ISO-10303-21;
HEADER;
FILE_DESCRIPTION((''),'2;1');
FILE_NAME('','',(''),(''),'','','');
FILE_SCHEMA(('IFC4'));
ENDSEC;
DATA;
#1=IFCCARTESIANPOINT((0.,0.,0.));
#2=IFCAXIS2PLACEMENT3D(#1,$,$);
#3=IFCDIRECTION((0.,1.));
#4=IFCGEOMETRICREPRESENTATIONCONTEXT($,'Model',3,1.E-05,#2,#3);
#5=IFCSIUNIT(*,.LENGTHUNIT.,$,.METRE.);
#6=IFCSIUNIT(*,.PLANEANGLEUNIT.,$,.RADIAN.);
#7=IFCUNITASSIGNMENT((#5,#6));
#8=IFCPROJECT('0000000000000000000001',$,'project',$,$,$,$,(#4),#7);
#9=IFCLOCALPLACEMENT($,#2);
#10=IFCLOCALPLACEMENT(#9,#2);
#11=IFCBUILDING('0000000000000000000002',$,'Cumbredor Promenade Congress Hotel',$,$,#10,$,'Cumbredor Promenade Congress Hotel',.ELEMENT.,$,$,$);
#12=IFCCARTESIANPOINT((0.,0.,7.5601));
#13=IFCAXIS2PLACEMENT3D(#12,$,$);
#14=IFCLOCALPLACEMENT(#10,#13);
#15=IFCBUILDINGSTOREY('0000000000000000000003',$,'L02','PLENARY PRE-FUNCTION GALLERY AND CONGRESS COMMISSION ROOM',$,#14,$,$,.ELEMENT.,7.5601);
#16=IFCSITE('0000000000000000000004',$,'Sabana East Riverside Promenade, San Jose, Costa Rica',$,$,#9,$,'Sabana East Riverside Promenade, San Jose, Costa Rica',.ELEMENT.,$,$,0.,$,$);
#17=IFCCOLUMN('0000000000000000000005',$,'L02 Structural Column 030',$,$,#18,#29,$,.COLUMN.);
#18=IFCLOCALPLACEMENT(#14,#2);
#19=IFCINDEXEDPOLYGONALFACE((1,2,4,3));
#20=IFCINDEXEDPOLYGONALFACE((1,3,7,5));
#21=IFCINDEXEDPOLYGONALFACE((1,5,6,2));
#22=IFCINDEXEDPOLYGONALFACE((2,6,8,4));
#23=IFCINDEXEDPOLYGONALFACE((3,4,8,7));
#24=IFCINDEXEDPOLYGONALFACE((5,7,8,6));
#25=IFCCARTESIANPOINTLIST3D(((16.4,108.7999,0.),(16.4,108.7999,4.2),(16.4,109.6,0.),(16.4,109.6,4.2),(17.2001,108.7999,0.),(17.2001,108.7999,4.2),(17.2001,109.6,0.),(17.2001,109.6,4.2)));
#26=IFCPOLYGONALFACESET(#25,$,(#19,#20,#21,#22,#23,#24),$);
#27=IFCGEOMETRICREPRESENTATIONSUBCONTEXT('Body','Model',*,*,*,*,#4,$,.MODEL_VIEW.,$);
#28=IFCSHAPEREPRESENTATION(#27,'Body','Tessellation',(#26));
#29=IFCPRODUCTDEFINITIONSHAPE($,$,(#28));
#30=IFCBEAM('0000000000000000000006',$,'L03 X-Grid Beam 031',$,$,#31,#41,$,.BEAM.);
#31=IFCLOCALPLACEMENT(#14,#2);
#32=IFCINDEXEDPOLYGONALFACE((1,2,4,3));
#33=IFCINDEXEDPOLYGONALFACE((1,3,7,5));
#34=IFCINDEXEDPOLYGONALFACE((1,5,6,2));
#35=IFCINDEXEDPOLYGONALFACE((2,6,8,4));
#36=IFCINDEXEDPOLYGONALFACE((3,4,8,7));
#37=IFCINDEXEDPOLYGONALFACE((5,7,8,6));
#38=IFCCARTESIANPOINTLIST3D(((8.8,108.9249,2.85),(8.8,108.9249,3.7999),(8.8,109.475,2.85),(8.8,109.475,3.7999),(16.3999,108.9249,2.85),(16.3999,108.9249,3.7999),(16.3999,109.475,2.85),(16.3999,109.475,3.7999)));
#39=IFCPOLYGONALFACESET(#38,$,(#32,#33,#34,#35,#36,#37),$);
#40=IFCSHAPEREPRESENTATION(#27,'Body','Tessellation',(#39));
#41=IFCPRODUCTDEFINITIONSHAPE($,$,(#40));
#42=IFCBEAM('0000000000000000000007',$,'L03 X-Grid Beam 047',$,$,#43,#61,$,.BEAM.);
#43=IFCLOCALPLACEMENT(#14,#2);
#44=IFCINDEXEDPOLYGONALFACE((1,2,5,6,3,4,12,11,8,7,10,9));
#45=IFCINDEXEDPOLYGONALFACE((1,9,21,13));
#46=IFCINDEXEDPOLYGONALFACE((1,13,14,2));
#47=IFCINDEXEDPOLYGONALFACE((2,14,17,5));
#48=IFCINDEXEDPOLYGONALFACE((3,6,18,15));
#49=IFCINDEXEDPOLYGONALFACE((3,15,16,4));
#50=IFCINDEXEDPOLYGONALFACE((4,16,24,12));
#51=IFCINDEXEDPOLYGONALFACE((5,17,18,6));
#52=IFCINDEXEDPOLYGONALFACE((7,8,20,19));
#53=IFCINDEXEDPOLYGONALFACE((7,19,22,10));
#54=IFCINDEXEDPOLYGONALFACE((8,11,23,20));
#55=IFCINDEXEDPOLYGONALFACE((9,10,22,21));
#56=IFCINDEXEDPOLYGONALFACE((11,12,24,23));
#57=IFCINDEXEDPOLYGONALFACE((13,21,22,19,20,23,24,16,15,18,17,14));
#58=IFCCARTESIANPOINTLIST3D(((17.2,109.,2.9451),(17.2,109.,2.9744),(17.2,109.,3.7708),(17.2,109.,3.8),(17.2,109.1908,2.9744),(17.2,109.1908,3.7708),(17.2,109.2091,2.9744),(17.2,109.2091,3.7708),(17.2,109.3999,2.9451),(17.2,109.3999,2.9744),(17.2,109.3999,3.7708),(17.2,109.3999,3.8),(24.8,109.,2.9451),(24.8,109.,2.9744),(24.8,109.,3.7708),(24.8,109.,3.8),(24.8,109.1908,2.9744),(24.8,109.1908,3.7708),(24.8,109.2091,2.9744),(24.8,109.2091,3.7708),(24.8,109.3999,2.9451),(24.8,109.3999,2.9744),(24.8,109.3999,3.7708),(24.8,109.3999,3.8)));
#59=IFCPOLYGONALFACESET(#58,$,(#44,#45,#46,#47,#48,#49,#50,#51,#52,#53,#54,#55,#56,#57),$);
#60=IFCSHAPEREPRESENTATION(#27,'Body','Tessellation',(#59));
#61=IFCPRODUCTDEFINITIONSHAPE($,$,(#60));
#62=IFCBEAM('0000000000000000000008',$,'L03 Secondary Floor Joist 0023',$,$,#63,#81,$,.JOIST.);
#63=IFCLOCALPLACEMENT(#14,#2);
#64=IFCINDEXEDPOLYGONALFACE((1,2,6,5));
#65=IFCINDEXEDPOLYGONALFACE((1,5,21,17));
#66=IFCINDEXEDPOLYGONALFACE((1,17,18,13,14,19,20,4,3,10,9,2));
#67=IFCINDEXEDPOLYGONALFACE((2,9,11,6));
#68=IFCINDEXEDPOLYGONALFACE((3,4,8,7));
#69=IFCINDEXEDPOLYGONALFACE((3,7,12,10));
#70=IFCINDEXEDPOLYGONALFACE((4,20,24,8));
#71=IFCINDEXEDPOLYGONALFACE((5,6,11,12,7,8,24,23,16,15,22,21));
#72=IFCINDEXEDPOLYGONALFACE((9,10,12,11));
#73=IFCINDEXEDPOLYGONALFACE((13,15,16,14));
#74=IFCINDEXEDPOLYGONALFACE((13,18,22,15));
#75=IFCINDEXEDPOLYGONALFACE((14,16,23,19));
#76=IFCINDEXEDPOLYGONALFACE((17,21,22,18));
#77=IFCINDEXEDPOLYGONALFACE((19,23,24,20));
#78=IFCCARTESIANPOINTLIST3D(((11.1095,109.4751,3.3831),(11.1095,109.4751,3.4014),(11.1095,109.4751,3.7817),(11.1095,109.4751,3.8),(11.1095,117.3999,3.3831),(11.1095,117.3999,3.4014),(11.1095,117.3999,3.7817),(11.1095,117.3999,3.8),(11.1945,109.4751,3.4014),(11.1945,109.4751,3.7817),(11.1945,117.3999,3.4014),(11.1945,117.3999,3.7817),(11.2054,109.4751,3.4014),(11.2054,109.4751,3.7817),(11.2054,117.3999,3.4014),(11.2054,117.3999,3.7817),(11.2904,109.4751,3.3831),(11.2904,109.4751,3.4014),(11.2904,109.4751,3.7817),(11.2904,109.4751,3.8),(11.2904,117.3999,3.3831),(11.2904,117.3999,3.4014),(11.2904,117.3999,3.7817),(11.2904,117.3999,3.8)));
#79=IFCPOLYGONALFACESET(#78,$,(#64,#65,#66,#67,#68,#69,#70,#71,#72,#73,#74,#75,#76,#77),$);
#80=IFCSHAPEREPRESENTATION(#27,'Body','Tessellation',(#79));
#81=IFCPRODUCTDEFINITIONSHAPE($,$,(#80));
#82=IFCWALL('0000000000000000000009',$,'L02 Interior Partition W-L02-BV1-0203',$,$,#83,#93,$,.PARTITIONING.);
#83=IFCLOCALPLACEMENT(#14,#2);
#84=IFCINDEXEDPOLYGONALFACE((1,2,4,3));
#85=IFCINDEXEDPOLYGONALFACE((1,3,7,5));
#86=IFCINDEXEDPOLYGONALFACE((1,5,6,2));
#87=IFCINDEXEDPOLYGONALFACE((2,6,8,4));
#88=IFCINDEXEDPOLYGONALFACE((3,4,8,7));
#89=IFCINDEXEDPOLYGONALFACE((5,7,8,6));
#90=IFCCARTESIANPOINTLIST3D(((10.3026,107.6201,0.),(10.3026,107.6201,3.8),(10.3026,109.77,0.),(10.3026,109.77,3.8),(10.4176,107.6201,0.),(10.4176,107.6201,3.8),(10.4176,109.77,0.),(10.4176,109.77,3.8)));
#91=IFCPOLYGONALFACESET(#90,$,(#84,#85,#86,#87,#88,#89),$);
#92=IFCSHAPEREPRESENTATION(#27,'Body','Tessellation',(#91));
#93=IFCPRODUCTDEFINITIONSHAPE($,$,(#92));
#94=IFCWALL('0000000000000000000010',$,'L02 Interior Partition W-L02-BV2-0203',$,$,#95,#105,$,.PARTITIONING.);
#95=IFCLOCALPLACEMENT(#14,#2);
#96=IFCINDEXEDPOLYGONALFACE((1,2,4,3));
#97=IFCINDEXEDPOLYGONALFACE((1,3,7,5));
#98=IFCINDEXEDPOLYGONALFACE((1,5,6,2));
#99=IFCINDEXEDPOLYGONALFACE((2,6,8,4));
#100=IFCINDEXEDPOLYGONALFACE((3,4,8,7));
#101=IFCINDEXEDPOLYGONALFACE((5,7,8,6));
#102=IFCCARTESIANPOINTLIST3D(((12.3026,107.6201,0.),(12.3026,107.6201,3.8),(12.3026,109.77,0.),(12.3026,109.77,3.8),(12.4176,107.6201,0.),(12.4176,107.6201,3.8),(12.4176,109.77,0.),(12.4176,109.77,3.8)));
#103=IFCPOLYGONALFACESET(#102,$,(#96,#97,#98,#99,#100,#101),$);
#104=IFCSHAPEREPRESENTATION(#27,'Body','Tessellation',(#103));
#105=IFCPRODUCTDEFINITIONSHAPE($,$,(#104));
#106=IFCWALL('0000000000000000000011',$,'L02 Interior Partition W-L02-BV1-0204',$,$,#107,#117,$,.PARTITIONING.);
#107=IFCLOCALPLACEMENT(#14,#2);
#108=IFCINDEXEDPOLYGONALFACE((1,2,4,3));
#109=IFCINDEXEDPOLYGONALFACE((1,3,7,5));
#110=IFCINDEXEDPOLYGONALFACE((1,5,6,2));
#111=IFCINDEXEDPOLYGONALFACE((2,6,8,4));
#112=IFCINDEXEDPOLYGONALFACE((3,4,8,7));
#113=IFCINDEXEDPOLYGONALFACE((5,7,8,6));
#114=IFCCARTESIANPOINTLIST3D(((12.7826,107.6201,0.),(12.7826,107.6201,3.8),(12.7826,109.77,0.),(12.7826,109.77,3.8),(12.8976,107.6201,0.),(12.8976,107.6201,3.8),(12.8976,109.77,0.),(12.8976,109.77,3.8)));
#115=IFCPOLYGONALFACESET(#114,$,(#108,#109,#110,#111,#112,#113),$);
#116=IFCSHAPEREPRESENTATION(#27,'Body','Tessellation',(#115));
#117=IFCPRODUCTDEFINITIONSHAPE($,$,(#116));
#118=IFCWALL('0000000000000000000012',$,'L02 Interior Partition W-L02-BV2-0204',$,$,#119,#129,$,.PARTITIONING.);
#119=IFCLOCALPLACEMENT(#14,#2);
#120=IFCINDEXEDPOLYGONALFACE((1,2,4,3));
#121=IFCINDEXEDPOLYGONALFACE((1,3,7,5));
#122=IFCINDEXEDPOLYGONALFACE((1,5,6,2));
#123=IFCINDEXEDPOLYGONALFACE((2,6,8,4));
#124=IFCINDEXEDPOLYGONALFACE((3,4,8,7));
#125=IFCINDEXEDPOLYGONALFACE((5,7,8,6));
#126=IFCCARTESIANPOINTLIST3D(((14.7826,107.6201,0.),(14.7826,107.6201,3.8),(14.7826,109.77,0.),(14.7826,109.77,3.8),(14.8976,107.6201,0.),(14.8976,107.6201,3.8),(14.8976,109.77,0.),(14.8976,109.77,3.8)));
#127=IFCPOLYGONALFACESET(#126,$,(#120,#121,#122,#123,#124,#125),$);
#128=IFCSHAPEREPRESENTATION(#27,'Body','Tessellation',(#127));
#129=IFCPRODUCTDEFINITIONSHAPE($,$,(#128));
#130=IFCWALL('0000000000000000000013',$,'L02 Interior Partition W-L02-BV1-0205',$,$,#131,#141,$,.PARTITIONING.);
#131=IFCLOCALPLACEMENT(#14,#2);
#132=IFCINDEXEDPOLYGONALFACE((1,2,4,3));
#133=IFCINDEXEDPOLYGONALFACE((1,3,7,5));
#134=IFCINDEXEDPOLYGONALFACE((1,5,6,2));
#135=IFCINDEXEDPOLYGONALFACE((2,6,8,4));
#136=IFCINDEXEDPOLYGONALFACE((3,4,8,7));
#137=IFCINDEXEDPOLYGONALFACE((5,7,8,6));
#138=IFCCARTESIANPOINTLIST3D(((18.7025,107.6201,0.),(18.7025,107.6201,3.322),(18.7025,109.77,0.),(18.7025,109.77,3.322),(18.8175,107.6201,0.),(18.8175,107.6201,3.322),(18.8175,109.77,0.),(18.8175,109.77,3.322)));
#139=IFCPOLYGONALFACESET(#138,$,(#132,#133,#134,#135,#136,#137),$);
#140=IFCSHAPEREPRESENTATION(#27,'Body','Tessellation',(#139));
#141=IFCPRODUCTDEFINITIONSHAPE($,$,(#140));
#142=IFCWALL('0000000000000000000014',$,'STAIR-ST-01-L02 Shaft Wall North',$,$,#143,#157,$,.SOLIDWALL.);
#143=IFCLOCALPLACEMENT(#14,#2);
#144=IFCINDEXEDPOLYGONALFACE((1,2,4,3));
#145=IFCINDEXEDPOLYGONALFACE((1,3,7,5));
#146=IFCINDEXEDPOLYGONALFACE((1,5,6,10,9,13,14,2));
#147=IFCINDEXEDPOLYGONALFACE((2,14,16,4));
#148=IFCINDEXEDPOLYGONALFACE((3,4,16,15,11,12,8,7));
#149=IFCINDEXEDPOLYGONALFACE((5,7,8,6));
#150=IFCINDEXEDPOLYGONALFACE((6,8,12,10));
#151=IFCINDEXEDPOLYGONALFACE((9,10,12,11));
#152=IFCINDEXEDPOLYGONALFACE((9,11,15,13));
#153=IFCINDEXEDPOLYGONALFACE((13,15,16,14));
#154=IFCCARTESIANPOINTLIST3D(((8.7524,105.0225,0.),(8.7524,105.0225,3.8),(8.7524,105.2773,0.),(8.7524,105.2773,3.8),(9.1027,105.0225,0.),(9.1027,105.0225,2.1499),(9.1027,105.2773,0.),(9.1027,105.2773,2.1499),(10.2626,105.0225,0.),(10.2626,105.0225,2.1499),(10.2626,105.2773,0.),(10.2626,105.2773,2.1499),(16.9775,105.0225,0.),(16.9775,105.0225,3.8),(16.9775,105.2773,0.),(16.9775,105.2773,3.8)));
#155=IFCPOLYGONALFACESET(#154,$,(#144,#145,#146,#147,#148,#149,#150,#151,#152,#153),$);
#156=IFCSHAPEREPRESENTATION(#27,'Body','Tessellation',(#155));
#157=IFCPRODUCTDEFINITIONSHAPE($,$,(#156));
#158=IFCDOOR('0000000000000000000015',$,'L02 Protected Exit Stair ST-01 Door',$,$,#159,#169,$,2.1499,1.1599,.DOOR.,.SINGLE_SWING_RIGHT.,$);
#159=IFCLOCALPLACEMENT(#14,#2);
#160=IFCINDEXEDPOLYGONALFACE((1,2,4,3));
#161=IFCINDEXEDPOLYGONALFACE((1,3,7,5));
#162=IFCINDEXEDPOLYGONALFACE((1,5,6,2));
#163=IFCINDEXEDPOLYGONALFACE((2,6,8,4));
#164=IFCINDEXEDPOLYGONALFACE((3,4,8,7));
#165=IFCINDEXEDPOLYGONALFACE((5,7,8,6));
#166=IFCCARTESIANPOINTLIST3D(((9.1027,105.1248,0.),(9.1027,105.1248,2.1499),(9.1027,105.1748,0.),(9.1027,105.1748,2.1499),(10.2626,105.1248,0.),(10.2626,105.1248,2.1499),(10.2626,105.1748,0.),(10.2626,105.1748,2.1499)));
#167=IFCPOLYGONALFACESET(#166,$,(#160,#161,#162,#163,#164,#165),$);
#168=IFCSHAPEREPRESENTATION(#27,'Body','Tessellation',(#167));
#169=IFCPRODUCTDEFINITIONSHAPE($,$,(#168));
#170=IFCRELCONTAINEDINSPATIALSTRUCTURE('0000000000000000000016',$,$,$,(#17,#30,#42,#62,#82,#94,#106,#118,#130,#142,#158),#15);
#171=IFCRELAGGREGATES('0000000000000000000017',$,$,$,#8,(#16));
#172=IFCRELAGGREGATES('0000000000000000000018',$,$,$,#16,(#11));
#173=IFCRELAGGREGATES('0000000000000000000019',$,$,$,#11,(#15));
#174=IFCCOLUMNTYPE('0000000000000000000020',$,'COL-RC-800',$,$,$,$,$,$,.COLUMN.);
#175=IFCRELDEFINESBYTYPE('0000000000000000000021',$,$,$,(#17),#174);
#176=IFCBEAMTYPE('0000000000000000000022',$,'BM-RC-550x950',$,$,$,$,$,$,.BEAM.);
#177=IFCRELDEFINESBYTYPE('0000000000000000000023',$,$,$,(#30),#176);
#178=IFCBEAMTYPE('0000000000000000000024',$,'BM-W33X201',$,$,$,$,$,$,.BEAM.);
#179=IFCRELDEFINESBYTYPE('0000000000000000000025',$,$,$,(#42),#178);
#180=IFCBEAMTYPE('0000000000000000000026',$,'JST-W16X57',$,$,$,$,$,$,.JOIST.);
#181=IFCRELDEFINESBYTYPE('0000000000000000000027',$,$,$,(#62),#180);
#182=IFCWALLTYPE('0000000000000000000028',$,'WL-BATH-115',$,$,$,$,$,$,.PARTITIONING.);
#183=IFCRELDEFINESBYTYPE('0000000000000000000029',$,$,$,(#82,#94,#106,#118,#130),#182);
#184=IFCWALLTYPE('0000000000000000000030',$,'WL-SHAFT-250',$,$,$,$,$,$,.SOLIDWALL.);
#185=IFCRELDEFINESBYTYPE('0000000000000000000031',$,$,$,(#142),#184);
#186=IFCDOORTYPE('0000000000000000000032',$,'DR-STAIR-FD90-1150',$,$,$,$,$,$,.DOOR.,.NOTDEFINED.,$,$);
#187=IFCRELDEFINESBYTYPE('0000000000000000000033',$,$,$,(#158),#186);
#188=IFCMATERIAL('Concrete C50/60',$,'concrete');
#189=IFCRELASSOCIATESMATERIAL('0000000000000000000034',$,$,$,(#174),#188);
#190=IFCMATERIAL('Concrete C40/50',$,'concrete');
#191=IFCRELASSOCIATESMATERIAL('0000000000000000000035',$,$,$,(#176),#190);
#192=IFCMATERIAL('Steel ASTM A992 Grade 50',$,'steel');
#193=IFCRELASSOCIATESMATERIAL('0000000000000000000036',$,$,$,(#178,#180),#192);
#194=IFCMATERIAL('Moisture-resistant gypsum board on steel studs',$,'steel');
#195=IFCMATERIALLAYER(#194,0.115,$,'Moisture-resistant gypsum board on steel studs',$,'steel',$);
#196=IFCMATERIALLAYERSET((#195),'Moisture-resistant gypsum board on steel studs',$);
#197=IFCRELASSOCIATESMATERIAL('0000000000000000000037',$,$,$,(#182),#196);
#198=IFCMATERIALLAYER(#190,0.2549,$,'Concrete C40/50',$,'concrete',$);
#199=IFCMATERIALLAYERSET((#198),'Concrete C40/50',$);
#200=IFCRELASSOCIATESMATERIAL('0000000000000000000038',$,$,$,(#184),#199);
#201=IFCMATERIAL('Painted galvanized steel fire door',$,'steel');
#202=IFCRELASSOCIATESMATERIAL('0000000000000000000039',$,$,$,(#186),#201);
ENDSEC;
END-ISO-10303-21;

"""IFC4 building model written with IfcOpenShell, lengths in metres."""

from ifc_helpers import new_model, si_unit, direction, frame, frame_2d, origin, origin_2d, place, context, subcontext, project, spatial, rectangle, i_section, extrude, material, layer, layer_set, material_profile, profile_set, type_object, element, fill, save


model = new_model("IFC4")

# Units and contexts
model_context = context("Model", 3, precision=1e-05, world=origin(), true_north=direction((0.0, 1.0)))
body_context = subcontext(model_context, "Body", "Model", "MODEL_VIEW")
ifc_project = project(units=[si_unit("LENGTHUNIT", "METRE"), si_unit("PLANEANGLEUNIT", "RADIAN")], contexts=[model_context])

# Site, building, storey
site_placement = place(None, origin())
site = spatial("IfcSite", under=ifc_project, at=site_placement, Name="Sabana East Riverside Promenade, San Jose, Costa Rica", LongName="Sabana East Riverside Promenade, San Jose, Costa Rica", CompositionType="ELEMENT", RefElevation=0.0)
building_placement = place(site_placement, origin())
building = spatial("IfcBuilding", under=site, at=building_placement, Name="Cumbredor Promenade Congress Hotel", LongName="Cumbredor Promenade Congress Hotel", CompositionType="ELEMENT")
storey_placement = place(building_placement, frame((0.0, 0.0, 7.5601)))
storey = spatial("IfcBuildingStorey", under=building, at=storey_placement, Name="L02", Description="PLENARY PRE-FUNCTION GALLERY AND CONGRESS COMMISSION ROOM", CompositionType="ELEMENT", Elevation=7.5601)

# Column
ifc_material_1 = material(Name="Concrete C50/60", Category="concrete")
ifc_material_profile_1 = material_profile(ifc_material_1, rectangle(XDim=0.8, YDim=0.8, at=origin_2d()), Name="RC 800x800")
ifc_profile_set_1 = profile_set([ifc_material_profile_1], Name="Concrete C50/60")
column_type = type_object("IfcColumnType", Name="COL-RC-800", PredefinedType="COLUMN", material=ifc_profile_set_1)
column_placement = place(storey_placement, frame((16.8, 109.2, 0.0), z_axis=(0.0, 0.0, 1.0), x_axis=(1.0, 0.0, 0.0)))
element("IfcColumn", 1, at=column_placement, inside=storey, type_object=column_type, Name="L02 Structural Column 030", PredefinedType="COLUMN", context=body_context, shape_type="SweptSolid", body=[
    extrude(rectangle(XDim=0.8, YDim=0.8, at=origin_2d()), origin(), (0.0, 0.0, 1.0), 4.2),
])

# Beams
ifc_material_2 = material(Name="Concrete C40/50", Category="concrete")
ifc_material_profile_2 = material_profile(ifc_material_2, rectangle(XDim=0.55, YDim=0.95, at=origin_2d()), Name="RC BEAM 550x950")
ifc_profile_set_2 = profile_set([ifc_material_profile_2], Name="Concrete C40/50")
beam_type_1 = type_object("IfcBeamType", Name="BM-RC-550x950", PredefinedType="BEAM", material=ifc_profile_set_2)
beam_1_placement = place(storey_placement, frame((8.8, 109.2, 3.325), z_axis=(1.0, 0.0, 0.0), x_axis=(0.0, 1.0, 0.0)))
element("IfcBeam", 2, at=beam_1_placement, inside=storey, type_object=beam_type_1, Name="L03 X-Grid Beam 031", PredefinedType="BEAM", context=body_context, shape_type="SweptSolid", body=[
    extrude(rectangle(XDim=0.55, YDim=0.95, at=origin_2d()), origin(), (0.0, 0.0, 1.0), 7.5999),
])
ifc_material_3 = material(Name="Steel ASTM A992 Grade 50", Category="steel")
ifc_material_profile_3 = material_profile(ifc_material_3, i_section(OverallWidth=0.3999, OverallDepth=0.855, WebThickness=0.0183, FlangeThickness=0.0293, at=origin_2d()), Name="W33X201")
ifc_profile_set_3 = profile_set([ifc_material_profile_3], Name="Steel ASTM A992 Grade 50")
beam_type_2 = type_object("IfcBeamType", Name="BM-W33X201", PredefinedType="BEAM", material=ifc_profile_set_3)
beam_2_placement = place(storey_placement, frame((17.2, 109.2, 3.3726), z_axis=(1.0, 0.0, 0.0), x_axis=(0.0, 1.0, 0.0)))
element("IfcBeam", 3, at=beam_2_placement, inside=storey, type_object=beam_type_2, Name="L03 X-Grid Beam 047", PredefinedType="BEAM", context=body_context, shape_type="SweptSolid", body=[
    extrude(i_section(OverallWidth=0.3999, OverallDepth=0.855, WebThickness=0.0183, FlangeThickness=0.0293, at=origin_2d()), origin(), (0.0, 0.0, 1.0), 7.6001),
])
ifc_material_profile_4 = material_profile(ifc_material_3, i_section(OverallWidth=0.1809, OverallDepth=0.417, WebThickness=0.011, FlangeThickness=0.0183, at=origin_2d()), Name="W16X57")
ifc_profile_set_4 = profile_set([ifc_material_profile_4], Name="Steel ASTM A992 Grade 50")
beam_type_3 = type_object("IfcBeamType", Name="JST-W16X57", PredefinedType="JOIST", material=ifc_profile_set_4)
beam_3_placement = place(storey_placement, frame((11.2, 109.4751, 3.5916), z_axis=(0.0, 1.0, 0.0), x_axis=(-1.0, 0.0, 0.0)))
element("IfcBeam", 4, at=beam_3_placement, inside=storey, type_object=beam_type_3, Name="L03 Secondary Floor Joist 0023", PredefinedType="JOIST", context=body_context, shape_type="SweptSolid", body=[
    extrude(i_section(OverallWidth=0.1809, OverallDepth=0.417, WebThickness=0.011, FlangeThickness=0.0183, at=origin_2d()), origin(), (0.0, 0.0, 1.0), 7.9248),
])

# Walls
ifc_material_4 = material(Name="Moisture-resistant gypsum board on steel studs", Category="steel")
ifc_layer_1 = layer(ifc_material_4, 0.115, Name="Moisture-resistant gypsum board on steel studs", Category="steel")
ifc_layer_set_1 = layer_set([ifc_layer_1], Name="Moisture-resistant gypsum board on steel studs")
wall_type_1 = type_object("IfcWallType", Name="WL-BATH-115", PredefinedType="PARTITIONING", material=ifc_layer_set_1)
for number, where, z_axis, x_axis, name in (
    (5, (10.3601, 107.6201, 0.0), (0.0, 0.0, 1.0), (0.0, 1.0, 0.0), "L02 Interior Partition W-L02-BV1-0203"),
    (6, (12.3601, 107.6201, 0.0), (0.0, 0.0, 1.0), (0.0, 1.0, 0.0), "L02 Interior Partition W-L02-BV2-0203"),
    (7, (12.8401, 107.6201, 0.0), (0.0, 0.0, 1.0), (0.0, 1.0, 0.0), "L02 Interior Partition W-L02-BV1-0204"),
    (8, (14.8401, 107.6201, 0.0), (0.0, 0.0, 1.0), (0.0, 1.0, 0.0), "L02 Interior Partition W-L02-BV2-0204"),
):
    element("IfcWall", number, at=place(storey_placement, frame(where, z_axis=z_axis, x_axis=x_axis)), inside=storey, type_object=wall_type_1, Name=name, PredefinedType="PARTITIONING", context=body_context, shape_type="SweptSolid", body=[
        extrude(rectangle(XDim=2.1499, YDim=0.115, at=frame_2d((1.075, 0.0))), origin(), (0.0, 0.0, 1.0), 3.8),
    ])
wall_1_placement = place(storey_placement, frame((18.76, 107.6201, 0.0), z_axis=(0.0, 0.0, 1.0), x_axis=(0.0, 1.0, 0.0)))
element("IfcWall", 9, at=wall_1_placement, inside=storey, type_object=wall_type_1, Name="L02 Interior Partition W-L02-BV1-0205", PredefinedType="PARTITIONING", context=body_context, shape_type="SweptSolid", body=[
    extrude(rectangle(XDim=2.1499, YDim=0.115, at=frame_2d((1.075, 0.0))), origin(), (0.0, 0.0, 1.0), 3.322),
])

# Wall, opening, door
ifc_layer_2 = layer(ifc_material_2, 0.2549, Name="Concrete C40/50", Category="concrete")
ifc_layer_set_2 = layer_set([ifc_layer_2], Name="Concrete C40/50")
wall_type_2 = type_object("IfcWallType", Name="WL-SHAFT-250", PredefinedType="SOLIDWALL", material=ifc_layer_set_2)
wall_2_placement = place(storey_placement, frame((8.7524, 105.1499, 0.0), z_axis=(0.0, 0.0, 1.0), x_axis=(1.0, 0.0, 0.0)))
wall_2 = element("IfcWall", 10, at=wall_2_placement, inside=storey, type_object=wall_type_2, Name="STAIR-ST-01-L02 Shaft Wall North", PredefinedType="SOLIDWALL", context=body_context, shape_type="SweptSolid", body=[
    extrude(rectangle(XDim=8.2251, YDim=0.2549, at=frame_2d((4.1125, 0.0))), origin(), (0.0, 0.0, 1.0), 3.8),
])
opening_1_placement = place(wall_2_placement, frame((0.3501, 0.0, 0.0)))
opening_1 = element("IfcOpeningElement", 11, at=opening_1_placement, cuts=wall_2, PredefinedType="OPENING", context=body_context, shape_type="SweptSolid", body=[
    extrude(rectangle(XDim=1.1599, YDim=2.1499, at=frame_2d((0.5801, 1.075))), frame((0.0, 0.1375, 0.0), z_axis=(0.0, -1.0, 0.0), x_axis=(1.0, 0.0, 0.0)), (0.0, 0.0, 1.0), 0.2749),
])
ifc_material_5 = material(Name="Painted galvanized steel fire door", Category="steel")
door_type = type_object("IfcDoorType", Name="DR-STAIR-FD90-1150", OperationType="NOTDEFINED", PredefinedType="DOOR", material=ifc_material_5)
door_1_placement = place(opening_1_placement, origin())
door_1 = element("IfcDoor", 12, at=door_1_placement, inside=storey, type_object=door_type, Name="L02 Protected Exit Stair ST-01 Door", OperationType="SINGLE_SWING_RIGHT", OverallHeight=2.1499, OverallWidth=1.1599, PredefinedType="DOOR", context=body_context, shape_type="SweptSolid", body=[
    extrude(rectangle(XDim=1.1599, YDim=2.1499, at=frame_2d((0.5801, 1.075))), frame((0.0, 0.0249, 0.0), z_axis=(0.0, -1.0, 0.0), x_axis=(1.0, 0.0, 0.0)), (0.0, 0.0, 1.0), 0.05),
])
fill(opening_1, door_1)

save(model, "model.ifc")
